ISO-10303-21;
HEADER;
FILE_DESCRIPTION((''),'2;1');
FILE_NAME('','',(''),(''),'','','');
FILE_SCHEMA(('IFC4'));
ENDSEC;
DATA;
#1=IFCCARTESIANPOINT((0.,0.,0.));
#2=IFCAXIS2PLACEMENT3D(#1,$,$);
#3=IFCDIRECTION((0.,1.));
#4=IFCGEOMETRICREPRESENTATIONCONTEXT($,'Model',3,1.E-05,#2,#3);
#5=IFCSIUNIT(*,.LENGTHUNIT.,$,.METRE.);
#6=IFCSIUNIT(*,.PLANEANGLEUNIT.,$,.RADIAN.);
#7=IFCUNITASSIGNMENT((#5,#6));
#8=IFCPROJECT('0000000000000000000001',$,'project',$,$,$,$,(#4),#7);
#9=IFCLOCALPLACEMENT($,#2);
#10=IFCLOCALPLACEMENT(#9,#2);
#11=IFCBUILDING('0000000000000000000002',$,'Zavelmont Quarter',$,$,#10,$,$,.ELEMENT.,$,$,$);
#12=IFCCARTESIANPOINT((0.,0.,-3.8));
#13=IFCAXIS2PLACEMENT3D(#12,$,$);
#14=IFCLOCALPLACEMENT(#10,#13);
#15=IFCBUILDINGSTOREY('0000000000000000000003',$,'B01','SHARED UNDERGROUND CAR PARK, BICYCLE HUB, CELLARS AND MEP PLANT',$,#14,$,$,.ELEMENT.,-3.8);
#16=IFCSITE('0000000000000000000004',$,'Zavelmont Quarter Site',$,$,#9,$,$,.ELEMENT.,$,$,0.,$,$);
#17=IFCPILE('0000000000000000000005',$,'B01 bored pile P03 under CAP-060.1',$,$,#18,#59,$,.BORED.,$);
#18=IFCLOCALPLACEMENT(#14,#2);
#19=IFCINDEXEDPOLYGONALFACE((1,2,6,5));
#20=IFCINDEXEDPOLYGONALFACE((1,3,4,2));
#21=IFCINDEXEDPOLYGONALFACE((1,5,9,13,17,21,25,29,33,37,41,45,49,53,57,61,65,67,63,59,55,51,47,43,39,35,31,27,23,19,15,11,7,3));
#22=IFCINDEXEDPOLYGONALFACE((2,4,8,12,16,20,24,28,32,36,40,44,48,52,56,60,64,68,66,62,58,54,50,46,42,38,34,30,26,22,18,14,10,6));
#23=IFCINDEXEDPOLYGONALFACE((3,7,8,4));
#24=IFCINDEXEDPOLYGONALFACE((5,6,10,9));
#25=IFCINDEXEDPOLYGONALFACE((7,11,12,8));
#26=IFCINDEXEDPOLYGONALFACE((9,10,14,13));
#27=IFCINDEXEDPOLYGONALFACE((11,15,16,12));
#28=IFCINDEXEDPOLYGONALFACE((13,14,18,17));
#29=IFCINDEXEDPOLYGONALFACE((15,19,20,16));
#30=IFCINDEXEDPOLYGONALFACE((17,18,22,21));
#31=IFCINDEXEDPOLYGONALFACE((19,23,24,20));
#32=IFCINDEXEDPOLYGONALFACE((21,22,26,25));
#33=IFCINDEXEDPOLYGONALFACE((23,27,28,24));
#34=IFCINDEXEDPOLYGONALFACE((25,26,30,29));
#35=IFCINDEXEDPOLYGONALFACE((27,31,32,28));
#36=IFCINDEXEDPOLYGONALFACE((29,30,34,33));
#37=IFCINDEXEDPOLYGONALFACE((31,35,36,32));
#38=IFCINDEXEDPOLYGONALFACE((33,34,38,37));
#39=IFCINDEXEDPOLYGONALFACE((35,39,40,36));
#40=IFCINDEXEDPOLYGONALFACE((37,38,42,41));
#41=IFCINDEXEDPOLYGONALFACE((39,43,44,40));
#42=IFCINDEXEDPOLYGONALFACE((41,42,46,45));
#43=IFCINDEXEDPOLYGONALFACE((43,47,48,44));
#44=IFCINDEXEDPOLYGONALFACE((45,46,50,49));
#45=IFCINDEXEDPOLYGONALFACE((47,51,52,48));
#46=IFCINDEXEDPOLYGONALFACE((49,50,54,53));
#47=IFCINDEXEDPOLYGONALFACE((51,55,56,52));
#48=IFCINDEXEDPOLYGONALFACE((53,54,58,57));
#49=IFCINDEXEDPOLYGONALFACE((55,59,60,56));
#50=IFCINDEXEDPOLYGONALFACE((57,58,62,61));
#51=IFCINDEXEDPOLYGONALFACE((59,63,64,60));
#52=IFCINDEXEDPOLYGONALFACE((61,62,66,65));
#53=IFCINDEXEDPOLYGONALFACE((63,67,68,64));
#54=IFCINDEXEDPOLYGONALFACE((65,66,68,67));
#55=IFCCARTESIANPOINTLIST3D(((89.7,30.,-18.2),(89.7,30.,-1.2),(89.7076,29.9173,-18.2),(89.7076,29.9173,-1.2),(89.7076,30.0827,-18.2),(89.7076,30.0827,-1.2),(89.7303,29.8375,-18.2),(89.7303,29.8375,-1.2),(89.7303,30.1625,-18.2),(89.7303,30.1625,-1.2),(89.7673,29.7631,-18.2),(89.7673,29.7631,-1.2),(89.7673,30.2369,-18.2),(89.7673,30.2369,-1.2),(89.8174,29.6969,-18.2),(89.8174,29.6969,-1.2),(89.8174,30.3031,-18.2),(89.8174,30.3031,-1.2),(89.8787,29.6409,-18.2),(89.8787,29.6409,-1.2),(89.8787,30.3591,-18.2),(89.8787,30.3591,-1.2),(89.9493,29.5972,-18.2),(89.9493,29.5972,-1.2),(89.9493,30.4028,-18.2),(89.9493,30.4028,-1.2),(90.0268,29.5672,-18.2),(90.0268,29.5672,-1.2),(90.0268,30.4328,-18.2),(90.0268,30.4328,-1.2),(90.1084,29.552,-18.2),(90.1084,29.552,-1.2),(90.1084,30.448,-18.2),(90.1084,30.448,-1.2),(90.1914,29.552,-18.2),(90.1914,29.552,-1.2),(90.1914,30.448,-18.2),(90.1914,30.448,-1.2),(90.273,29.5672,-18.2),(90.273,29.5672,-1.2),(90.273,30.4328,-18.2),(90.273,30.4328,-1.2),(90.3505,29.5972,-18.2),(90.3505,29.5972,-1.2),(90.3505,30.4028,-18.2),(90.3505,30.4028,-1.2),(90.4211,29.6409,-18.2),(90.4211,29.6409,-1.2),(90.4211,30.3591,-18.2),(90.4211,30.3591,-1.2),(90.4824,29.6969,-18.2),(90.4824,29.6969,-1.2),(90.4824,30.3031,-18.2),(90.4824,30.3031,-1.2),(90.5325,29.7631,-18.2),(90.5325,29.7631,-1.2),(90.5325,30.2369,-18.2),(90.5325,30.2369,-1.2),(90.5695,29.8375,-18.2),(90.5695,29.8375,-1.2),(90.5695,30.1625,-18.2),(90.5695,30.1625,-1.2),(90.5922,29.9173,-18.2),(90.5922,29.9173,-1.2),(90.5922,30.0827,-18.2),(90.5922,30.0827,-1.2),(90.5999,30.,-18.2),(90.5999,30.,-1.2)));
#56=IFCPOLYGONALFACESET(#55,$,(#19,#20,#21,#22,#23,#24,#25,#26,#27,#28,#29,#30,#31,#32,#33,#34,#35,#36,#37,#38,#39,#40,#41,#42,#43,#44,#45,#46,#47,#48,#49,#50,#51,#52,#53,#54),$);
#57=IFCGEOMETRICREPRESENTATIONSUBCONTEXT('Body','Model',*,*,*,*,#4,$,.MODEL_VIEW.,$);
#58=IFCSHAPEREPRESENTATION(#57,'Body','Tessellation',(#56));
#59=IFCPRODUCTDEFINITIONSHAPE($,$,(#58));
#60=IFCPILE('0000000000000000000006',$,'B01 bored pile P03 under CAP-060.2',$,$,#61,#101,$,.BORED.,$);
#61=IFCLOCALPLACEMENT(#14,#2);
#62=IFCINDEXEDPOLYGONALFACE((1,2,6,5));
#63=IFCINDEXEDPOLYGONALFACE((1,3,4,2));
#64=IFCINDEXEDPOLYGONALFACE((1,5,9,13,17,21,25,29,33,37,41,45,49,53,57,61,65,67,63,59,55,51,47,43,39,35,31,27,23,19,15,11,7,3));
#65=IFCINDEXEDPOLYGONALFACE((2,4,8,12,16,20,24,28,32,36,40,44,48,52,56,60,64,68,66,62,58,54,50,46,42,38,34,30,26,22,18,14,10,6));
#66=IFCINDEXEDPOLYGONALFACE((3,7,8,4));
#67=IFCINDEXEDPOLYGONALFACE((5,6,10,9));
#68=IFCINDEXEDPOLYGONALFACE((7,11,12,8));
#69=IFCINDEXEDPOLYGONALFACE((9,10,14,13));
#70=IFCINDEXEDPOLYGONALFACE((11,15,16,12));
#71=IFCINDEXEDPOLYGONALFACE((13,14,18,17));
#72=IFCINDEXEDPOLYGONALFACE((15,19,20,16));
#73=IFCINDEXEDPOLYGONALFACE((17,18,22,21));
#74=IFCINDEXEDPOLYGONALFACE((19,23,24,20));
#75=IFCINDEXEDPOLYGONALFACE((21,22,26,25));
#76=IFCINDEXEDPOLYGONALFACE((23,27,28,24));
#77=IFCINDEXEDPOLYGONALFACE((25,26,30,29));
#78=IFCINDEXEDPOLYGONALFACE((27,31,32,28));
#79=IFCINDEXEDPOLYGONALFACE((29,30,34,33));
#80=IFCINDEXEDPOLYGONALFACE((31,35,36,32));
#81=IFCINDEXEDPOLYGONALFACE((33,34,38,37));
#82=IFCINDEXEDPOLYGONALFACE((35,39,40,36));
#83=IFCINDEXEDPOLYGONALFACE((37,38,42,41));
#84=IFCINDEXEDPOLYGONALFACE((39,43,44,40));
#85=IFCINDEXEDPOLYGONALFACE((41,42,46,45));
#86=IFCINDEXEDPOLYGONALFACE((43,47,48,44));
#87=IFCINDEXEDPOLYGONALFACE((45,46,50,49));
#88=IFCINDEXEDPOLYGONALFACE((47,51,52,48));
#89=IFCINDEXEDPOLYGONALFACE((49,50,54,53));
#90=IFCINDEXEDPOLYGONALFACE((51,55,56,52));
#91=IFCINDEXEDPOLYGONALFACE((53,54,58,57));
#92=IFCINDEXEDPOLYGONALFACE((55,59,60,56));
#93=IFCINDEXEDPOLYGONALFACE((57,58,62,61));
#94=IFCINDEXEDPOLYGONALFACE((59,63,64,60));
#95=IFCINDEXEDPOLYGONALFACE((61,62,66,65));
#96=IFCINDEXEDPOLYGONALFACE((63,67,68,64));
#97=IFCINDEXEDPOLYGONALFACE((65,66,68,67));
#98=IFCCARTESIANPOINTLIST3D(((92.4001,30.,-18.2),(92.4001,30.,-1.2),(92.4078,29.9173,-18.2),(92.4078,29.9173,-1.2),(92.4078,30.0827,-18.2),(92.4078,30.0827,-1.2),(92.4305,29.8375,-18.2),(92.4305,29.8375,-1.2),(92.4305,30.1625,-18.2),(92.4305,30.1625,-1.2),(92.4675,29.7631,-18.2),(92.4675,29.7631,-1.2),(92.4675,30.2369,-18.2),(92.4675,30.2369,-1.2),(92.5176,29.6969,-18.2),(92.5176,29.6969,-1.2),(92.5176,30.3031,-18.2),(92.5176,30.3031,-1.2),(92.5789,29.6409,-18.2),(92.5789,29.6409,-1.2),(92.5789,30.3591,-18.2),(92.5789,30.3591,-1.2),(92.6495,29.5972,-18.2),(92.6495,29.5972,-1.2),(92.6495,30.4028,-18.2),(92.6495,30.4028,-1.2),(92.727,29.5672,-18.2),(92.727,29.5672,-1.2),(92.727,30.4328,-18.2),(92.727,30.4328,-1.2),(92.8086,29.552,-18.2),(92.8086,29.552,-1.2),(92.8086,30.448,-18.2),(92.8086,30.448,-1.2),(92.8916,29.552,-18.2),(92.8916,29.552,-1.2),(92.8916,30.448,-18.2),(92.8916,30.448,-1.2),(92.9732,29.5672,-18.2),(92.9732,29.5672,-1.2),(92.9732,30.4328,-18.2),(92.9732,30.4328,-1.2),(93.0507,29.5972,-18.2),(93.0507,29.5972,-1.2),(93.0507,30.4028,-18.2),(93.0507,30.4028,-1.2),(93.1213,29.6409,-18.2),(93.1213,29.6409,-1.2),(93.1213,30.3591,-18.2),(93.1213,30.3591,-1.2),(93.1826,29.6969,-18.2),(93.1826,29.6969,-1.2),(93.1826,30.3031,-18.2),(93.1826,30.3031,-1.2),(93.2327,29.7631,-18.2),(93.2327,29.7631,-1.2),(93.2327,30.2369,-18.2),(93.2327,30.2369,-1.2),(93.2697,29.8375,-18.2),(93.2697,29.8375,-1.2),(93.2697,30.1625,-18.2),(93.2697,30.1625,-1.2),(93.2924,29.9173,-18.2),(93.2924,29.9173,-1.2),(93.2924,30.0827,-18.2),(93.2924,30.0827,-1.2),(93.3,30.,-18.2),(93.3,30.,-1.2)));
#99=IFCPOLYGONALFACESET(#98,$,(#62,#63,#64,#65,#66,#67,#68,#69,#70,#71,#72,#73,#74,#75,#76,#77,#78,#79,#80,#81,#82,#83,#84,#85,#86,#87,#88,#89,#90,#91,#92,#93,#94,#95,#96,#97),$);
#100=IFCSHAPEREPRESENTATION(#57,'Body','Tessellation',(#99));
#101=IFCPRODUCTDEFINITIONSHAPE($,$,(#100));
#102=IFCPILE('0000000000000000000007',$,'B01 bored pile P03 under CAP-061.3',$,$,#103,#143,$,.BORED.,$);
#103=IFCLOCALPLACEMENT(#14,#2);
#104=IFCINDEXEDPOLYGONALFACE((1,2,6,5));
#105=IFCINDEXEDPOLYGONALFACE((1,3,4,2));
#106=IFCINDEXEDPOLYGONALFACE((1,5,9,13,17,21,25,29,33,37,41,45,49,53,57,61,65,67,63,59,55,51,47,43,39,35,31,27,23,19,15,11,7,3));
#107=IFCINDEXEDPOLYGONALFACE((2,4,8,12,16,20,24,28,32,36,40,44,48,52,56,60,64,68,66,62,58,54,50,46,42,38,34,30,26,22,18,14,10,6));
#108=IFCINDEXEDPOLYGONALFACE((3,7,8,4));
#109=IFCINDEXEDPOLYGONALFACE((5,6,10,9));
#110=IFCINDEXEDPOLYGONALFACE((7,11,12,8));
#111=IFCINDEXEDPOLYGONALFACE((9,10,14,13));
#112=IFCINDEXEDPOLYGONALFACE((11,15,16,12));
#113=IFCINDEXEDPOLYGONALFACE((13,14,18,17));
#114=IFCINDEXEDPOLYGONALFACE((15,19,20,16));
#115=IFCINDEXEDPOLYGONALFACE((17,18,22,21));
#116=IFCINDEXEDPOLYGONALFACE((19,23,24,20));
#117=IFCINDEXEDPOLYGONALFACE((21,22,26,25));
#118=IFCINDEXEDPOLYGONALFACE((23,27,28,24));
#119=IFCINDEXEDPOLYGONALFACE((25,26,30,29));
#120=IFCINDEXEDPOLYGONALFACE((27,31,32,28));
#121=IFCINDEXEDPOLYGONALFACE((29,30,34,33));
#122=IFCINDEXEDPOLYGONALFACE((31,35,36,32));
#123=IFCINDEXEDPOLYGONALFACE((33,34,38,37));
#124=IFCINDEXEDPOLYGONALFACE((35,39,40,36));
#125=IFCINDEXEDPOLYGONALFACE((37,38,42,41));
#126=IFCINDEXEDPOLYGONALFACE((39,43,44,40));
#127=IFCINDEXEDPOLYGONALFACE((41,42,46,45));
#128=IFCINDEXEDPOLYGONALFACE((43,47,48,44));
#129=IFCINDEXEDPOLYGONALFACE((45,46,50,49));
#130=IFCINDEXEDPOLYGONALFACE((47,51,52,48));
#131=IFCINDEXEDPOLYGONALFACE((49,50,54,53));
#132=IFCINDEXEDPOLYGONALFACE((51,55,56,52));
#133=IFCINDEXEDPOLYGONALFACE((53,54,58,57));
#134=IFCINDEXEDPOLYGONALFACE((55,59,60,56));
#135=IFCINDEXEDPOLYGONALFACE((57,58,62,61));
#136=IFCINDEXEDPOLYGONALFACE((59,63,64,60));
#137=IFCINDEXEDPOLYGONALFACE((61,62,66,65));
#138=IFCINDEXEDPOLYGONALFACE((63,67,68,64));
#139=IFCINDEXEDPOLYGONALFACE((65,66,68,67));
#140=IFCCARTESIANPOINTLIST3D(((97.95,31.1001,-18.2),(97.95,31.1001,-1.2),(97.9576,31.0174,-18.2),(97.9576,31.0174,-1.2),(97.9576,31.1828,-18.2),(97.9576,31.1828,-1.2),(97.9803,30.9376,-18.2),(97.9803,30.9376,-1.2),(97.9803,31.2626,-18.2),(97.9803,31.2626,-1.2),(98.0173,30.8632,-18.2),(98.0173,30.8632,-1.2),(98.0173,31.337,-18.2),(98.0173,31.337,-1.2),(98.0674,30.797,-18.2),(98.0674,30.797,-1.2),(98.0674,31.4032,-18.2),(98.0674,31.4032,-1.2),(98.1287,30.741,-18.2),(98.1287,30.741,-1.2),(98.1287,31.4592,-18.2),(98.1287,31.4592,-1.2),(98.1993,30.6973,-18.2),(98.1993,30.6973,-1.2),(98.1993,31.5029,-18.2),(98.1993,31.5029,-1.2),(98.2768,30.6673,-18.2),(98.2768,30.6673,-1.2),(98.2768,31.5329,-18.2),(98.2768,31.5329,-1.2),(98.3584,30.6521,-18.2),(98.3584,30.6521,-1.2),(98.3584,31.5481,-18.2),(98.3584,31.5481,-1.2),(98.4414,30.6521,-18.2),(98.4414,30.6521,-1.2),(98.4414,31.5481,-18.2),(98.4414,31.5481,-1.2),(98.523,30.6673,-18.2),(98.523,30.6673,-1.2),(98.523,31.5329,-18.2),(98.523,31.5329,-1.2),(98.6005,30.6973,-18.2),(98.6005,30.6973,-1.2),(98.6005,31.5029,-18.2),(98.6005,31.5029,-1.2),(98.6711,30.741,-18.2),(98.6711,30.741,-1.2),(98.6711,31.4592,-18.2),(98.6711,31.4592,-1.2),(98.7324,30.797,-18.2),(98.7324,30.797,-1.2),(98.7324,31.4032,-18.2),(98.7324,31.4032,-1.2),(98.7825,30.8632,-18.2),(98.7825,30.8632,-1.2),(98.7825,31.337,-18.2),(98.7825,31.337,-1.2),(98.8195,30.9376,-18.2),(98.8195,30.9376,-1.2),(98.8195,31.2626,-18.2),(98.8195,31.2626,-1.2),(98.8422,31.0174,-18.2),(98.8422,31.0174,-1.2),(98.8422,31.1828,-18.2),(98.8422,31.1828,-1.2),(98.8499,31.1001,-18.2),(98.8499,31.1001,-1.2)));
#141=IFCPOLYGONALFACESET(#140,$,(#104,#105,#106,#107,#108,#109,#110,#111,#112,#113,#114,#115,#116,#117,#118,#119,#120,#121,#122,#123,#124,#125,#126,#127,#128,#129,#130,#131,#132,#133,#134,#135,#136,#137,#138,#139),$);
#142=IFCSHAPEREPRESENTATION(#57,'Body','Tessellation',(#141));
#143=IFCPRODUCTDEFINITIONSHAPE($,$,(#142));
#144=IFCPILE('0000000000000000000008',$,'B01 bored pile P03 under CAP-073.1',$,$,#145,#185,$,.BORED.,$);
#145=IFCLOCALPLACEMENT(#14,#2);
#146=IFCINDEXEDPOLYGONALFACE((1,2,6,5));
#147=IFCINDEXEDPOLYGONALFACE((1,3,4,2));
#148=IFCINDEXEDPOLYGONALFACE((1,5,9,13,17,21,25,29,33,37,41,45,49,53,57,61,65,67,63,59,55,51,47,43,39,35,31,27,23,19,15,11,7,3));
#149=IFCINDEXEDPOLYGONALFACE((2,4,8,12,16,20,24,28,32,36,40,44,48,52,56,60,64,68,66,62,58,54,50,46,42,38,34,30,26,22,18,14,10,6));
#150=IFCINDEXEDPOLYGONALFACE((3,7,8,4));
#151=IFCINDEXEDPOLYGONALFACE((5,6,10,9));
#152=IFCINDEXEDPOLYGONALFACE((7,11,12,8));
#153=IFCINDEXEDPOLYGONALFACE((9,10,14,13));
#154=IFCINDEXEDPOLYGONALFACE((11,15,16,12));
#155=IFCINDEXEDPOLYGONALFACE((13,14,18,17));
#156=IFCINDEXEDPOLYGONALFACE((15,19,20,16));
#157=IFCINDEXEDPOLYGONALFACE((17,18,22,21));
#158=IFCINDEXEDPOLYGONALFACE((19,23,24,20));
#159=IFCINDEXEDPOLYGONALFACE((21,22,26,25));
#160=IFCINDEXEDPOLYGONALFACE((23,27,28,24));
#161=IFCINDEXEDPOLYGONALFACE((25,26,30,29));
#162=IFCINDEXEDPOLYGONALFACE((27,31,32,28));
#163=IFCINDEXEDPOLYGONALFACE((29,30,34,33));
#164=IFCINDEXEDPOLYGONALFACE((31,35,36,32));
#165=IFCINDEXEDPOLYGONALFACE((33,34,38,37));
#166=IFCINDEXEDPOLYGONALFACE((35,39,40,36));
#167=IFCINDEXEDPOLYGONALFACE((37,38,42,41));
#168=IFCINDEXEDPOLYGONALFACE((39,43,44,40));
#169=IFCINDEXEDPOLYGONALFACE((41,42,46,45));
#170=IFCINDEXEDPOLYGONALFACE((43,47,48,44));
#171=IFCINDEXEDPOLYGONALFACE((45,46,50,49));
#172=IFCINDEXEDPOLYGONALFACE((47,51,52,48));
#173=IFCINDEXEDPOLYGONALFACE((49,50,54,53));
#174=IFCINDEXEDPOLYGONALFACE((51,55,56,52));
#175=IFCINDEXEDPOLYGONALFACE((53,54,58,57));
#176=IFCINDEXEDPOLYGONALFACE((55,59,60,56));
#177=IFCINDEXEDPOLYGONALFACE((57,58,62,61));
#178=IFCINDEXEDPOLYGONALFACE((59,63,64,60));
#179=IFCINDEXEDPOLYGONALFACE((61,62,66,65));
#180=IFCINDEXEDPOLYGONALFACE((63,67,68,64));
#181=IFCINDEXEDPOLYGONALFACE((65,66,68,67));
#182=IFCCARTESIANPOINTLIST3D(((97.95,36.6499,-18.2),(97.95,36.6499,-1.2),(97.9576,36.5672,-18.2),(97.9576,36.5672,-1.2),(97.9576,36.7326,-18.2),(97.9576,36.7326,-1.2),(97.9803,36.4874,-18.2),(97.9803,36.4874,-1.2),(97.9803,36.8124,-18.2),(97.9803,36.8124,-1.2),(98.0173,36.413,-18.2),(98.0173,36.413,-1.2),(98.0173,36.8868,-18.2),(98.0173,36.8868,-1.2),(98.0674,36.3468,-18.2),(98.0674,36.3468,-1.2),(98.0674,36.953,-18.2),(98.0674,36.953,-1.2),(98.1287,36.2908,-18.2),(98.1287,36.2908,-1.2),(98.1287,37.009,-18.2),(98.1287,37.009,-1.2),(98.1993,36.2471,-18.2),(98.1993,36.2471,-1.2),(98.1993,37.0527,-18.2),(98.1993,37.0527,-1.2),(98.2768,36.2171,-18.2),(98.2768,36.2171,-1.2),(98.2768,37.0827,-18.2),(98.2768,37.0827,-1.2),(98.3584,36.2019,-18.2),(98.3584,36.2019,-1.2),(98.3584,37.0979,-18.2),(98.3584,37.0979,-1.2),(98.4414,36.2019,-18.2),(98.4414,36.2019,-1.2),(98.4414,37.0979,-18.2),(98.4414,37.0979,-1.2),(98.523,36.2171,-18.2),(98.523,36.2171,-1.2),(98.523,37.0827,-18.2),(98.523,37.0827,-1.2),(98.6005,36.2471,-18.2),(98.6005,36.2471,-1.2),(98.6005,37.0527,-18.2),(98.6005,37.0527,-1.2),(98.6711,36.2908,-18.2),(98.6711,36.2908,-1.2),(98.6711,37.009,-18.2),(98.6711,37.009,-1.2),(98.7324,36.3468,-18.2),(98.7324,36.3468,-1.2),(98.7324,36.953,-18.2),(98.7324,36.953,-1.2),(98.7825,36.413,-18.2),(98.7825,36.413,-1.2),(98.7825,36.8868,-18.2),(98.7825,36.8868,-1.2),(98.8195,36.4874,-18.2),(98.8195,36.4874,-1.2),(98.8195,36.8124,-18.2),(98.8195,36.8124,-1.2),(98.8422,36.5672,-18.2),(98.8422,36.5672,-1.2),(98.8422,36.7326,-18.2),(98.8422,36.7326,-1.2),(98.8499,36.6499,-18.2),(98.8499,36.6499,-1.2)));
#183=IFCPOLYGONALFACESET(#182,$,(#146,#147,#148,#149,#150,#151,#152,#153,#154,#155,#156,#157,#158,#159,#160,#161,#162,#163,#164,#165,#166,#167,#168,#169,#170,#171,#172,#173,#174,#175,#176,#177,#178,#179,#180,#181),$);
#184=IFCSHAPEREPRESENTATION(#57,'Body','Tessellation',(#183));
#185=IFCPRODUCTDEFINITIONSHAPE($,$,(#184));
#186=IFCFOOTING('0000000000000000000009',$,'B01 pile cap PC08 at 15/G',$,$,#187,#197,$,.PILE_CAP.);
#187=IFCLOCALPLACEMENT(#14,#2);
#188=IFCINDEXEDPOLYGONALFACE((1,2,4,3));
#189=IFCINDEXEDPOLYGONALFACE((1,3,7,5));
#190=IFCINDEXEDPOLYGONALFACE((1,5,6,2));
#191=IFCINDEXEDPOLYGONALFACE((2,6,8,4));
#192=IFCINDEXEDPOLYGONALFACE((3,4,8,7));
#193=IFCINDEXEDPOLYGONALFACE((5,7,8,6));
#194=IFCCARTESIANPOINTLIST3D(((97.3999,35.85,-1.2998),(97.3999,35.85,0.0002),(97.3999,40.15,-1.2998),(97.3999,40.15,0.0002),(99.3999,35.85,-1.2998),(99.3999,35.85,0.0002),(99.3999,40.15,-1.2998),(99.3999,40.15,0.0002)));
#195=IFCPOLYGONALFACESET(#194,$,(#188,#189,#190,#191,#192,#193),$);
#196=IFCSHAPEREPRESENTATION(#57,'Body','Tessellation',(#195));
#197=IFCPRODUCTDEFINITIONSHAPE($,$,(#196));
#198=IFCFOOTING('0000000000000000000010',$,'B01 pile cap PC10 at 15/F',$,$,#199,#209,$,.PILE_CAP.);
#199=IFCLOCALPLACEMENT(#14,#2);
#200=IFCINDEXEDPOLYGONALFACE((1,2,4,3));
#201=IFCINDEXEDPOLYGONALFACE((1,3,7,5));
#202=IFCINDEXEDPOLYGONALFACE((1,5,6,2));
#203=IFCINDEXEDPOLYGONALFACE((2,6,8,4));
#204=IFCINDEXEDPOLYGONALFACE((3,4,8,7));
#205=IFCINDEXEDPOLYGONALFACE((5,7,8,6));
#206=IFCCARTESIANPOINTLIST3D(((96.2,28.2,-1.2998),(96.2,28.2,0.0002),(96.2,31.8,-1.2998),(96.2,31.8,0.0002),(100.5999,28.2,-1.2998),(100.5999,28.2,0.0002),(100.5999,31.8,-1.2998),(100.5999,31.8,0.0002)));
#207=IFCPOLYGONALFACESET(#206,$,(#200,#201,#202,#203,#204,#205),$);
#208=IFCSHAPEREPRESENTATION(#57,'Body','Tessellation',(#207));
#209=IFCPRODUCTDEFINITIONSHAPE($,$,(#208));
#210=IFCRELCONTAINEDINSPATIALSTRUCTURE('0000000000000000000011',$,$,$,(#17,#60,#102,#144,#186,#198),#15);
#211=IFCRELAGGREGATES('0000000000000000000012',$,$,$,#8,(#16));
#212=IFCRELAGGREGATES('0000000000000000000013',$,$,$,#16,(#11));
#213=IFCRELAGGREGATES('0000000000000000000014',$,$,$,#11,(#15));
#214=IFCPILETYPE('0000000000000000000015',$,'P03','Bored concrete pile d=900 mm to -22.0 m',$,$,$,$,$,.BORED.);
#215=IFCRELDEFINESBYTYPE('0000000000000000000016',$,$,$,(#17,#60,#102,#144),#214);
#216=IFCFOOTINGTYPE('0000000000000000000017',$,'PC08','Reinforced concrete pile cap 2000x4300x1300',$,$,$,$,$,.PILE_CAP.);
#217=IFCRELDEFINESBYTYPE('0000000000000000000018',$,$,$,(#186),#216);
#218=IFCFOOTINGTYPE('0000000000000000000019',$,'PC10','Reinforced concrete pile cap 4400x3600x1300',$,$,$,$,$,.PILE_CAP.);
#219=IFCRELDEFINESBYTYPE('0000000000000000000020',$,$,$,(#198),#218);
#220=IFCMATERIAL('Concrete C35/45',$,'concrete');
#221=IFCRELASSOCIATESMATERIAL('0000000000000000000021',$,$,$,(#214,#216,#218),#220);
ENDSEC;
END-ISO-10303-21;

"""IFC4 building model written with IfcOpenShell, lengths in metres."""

from ifc_helpers import new_model, si_unit, direction, frame, origin, origin_2d, place, context, subcontext, project, spatial, rectangle, circle, extrude, material, material_profile, profile_set, type_object, element, save


model = new_model("IFC4")

# Units and contexts
model_context = context("Model", 3, precision=1e-05, world=origin(), true_north=direction((0.0, 1.0)))
body_context = subcontext(model_context, "Body", "Model", "MODEL_VIEW")
ifc_project = project(units=[si_unit("LENGTHUNIT", "METRE"), si_unit("PLANEANGLEUNIT", "RADIAN")], contexts=[model_context])

# Site, building, storey
site_placement = place(None, origin())
site = spatial("IfcSite", under=ifc_project, at=site_placement, Name="Zavelmont Quarter Site", CompositionType="ELEMENT", RefElevation=0.0)
building_placement = place(site_placement, origin())
building = spatial("IfcBuilding", under=site, at=building_placement, Name="Zavelmont Quarter", CompositionType="ELEMENT")
storey_placement = place(building_placement, frame((0.0, 0.0, -3.8)))
storey = spatial("IfcBuildingStorey", under=building, at=storey_placement, Name="B01", Description="SHARED UNDERGROUND CAR PARK, BICYCLE HUB, CELLARS AND MEP PLANT", CompositionType="ELEMENT", Elevation=-3.8)

# Shared definitions
ifc_material_1 = material(Name="Concrete C35/45", Category="concrete")

# Piles
ifc_material_profile_1 = material_profile(ifc_material_1, circle(Radius=0.45, at=origin_2d()), Name="BP900")
ifc_profile_set_1 = profile_set([ifc_material_profile_1], Name="Concrete C35/45")
pile_type_1 = type_object("IfcPileType", Name="P03", Description="Bored concrete pile d=900 mm to -22.0 m", PredefinedType="BORED", material=ifc_profile_set_1)
for number, where, z_axis, x_axis, name in (
    (1, (90.1499, 30.0, -1.2), (0.0, 0.0, -1.0), (1.0, 0.0, 0.0), "B01 bored pile P03 under CAP-060.1"),
    (2, (92.8501, 30.0, -1.2), (0.0, 0.0, -1.0), (1.0, 0.0, 0.0), "B01 bored pile P03 under CAP-060.2"),
    (3, (98.3999, 31.1001, -1.2), (0.0, 0.0, -1.0), (1.0, 0.0, 0.0), "B01 bored pile P03 under CAP-061.3"),
    (4, (98.3999, 36.6499, -1.2), (0.0, 0.0, -1.0), (1.0, 0.0, 0.0), "B01 bored pile P03 under CAP-073.1"),
):
    element("IfcPile", number, at=place(storey_placement, frame(where, z_axis=z_axis, x_axis=x_axis)), inside=storey, type_object=pile_type_1, Name=name, PredefinedType="BORED", context=body_context, shape_type="SweptSolid", body=[
        extrude(circle(Radius=0.45, at=origin_2d()), origin(), (0.0, 0.0, 1.0), 17.0),
    ])

# Footings
footing_type_1 = type_object("IfcFootingType", Name="PC08", Description="Reinforced concrete pile cap 2000x4300x1300", PredefinedType="PILE_CAP", material=ifc_material_1)
footing_1_placement = place(storey_placement, frame((98.3999, 38.0, -1.2998), z_axis=(0.0, 0.0, 1.0), x_axis=(1.0, 0.0, 0.0)))
element("IfcFooting", 5, at=footing_1_placement, inside=storey, type_object=footing_type_1, Name="B01 pile cap PC08 at 15/G", PredefinedType="PILE_CAP", context=body_context, shape_type="SweptSolid", body=[
    extrude(rectangle(XDim=2.0, YDim=4.3, at=origin_2d()), origin(), (0.0, 0.0, 1.0), 1.3),
])
footing_type_2 = type_object("IfcFootingType", Name="PC10", Description="Reinforced concrete pile cap 4400x3600x1300", PredefinedType="PILE_CAP", material=ifc_material_1)
footing_2_placement = place(storey_placement, frame((98.3999, 30.0, -1.2998), z_axis=(0.0, 0.0, 1.0), x_axis=(1.0, 0.0, 0.0)))
element("IfcFooting", 6, at=footing_2_placement, inside=storey, type_object=footing_type_2, Name="B01 pile cap PC10 at 15/F", PredefinedType="PILE_CAP", context=body_context, shape_type="SweptSolid", body=[
    extrude(rectangle(XDim=4.3999, YDim=3.6001, at=origin_2d()), origin(), (0.0, 0.0, 1.0), 1.3),
])

save(model, "model.ifc")
